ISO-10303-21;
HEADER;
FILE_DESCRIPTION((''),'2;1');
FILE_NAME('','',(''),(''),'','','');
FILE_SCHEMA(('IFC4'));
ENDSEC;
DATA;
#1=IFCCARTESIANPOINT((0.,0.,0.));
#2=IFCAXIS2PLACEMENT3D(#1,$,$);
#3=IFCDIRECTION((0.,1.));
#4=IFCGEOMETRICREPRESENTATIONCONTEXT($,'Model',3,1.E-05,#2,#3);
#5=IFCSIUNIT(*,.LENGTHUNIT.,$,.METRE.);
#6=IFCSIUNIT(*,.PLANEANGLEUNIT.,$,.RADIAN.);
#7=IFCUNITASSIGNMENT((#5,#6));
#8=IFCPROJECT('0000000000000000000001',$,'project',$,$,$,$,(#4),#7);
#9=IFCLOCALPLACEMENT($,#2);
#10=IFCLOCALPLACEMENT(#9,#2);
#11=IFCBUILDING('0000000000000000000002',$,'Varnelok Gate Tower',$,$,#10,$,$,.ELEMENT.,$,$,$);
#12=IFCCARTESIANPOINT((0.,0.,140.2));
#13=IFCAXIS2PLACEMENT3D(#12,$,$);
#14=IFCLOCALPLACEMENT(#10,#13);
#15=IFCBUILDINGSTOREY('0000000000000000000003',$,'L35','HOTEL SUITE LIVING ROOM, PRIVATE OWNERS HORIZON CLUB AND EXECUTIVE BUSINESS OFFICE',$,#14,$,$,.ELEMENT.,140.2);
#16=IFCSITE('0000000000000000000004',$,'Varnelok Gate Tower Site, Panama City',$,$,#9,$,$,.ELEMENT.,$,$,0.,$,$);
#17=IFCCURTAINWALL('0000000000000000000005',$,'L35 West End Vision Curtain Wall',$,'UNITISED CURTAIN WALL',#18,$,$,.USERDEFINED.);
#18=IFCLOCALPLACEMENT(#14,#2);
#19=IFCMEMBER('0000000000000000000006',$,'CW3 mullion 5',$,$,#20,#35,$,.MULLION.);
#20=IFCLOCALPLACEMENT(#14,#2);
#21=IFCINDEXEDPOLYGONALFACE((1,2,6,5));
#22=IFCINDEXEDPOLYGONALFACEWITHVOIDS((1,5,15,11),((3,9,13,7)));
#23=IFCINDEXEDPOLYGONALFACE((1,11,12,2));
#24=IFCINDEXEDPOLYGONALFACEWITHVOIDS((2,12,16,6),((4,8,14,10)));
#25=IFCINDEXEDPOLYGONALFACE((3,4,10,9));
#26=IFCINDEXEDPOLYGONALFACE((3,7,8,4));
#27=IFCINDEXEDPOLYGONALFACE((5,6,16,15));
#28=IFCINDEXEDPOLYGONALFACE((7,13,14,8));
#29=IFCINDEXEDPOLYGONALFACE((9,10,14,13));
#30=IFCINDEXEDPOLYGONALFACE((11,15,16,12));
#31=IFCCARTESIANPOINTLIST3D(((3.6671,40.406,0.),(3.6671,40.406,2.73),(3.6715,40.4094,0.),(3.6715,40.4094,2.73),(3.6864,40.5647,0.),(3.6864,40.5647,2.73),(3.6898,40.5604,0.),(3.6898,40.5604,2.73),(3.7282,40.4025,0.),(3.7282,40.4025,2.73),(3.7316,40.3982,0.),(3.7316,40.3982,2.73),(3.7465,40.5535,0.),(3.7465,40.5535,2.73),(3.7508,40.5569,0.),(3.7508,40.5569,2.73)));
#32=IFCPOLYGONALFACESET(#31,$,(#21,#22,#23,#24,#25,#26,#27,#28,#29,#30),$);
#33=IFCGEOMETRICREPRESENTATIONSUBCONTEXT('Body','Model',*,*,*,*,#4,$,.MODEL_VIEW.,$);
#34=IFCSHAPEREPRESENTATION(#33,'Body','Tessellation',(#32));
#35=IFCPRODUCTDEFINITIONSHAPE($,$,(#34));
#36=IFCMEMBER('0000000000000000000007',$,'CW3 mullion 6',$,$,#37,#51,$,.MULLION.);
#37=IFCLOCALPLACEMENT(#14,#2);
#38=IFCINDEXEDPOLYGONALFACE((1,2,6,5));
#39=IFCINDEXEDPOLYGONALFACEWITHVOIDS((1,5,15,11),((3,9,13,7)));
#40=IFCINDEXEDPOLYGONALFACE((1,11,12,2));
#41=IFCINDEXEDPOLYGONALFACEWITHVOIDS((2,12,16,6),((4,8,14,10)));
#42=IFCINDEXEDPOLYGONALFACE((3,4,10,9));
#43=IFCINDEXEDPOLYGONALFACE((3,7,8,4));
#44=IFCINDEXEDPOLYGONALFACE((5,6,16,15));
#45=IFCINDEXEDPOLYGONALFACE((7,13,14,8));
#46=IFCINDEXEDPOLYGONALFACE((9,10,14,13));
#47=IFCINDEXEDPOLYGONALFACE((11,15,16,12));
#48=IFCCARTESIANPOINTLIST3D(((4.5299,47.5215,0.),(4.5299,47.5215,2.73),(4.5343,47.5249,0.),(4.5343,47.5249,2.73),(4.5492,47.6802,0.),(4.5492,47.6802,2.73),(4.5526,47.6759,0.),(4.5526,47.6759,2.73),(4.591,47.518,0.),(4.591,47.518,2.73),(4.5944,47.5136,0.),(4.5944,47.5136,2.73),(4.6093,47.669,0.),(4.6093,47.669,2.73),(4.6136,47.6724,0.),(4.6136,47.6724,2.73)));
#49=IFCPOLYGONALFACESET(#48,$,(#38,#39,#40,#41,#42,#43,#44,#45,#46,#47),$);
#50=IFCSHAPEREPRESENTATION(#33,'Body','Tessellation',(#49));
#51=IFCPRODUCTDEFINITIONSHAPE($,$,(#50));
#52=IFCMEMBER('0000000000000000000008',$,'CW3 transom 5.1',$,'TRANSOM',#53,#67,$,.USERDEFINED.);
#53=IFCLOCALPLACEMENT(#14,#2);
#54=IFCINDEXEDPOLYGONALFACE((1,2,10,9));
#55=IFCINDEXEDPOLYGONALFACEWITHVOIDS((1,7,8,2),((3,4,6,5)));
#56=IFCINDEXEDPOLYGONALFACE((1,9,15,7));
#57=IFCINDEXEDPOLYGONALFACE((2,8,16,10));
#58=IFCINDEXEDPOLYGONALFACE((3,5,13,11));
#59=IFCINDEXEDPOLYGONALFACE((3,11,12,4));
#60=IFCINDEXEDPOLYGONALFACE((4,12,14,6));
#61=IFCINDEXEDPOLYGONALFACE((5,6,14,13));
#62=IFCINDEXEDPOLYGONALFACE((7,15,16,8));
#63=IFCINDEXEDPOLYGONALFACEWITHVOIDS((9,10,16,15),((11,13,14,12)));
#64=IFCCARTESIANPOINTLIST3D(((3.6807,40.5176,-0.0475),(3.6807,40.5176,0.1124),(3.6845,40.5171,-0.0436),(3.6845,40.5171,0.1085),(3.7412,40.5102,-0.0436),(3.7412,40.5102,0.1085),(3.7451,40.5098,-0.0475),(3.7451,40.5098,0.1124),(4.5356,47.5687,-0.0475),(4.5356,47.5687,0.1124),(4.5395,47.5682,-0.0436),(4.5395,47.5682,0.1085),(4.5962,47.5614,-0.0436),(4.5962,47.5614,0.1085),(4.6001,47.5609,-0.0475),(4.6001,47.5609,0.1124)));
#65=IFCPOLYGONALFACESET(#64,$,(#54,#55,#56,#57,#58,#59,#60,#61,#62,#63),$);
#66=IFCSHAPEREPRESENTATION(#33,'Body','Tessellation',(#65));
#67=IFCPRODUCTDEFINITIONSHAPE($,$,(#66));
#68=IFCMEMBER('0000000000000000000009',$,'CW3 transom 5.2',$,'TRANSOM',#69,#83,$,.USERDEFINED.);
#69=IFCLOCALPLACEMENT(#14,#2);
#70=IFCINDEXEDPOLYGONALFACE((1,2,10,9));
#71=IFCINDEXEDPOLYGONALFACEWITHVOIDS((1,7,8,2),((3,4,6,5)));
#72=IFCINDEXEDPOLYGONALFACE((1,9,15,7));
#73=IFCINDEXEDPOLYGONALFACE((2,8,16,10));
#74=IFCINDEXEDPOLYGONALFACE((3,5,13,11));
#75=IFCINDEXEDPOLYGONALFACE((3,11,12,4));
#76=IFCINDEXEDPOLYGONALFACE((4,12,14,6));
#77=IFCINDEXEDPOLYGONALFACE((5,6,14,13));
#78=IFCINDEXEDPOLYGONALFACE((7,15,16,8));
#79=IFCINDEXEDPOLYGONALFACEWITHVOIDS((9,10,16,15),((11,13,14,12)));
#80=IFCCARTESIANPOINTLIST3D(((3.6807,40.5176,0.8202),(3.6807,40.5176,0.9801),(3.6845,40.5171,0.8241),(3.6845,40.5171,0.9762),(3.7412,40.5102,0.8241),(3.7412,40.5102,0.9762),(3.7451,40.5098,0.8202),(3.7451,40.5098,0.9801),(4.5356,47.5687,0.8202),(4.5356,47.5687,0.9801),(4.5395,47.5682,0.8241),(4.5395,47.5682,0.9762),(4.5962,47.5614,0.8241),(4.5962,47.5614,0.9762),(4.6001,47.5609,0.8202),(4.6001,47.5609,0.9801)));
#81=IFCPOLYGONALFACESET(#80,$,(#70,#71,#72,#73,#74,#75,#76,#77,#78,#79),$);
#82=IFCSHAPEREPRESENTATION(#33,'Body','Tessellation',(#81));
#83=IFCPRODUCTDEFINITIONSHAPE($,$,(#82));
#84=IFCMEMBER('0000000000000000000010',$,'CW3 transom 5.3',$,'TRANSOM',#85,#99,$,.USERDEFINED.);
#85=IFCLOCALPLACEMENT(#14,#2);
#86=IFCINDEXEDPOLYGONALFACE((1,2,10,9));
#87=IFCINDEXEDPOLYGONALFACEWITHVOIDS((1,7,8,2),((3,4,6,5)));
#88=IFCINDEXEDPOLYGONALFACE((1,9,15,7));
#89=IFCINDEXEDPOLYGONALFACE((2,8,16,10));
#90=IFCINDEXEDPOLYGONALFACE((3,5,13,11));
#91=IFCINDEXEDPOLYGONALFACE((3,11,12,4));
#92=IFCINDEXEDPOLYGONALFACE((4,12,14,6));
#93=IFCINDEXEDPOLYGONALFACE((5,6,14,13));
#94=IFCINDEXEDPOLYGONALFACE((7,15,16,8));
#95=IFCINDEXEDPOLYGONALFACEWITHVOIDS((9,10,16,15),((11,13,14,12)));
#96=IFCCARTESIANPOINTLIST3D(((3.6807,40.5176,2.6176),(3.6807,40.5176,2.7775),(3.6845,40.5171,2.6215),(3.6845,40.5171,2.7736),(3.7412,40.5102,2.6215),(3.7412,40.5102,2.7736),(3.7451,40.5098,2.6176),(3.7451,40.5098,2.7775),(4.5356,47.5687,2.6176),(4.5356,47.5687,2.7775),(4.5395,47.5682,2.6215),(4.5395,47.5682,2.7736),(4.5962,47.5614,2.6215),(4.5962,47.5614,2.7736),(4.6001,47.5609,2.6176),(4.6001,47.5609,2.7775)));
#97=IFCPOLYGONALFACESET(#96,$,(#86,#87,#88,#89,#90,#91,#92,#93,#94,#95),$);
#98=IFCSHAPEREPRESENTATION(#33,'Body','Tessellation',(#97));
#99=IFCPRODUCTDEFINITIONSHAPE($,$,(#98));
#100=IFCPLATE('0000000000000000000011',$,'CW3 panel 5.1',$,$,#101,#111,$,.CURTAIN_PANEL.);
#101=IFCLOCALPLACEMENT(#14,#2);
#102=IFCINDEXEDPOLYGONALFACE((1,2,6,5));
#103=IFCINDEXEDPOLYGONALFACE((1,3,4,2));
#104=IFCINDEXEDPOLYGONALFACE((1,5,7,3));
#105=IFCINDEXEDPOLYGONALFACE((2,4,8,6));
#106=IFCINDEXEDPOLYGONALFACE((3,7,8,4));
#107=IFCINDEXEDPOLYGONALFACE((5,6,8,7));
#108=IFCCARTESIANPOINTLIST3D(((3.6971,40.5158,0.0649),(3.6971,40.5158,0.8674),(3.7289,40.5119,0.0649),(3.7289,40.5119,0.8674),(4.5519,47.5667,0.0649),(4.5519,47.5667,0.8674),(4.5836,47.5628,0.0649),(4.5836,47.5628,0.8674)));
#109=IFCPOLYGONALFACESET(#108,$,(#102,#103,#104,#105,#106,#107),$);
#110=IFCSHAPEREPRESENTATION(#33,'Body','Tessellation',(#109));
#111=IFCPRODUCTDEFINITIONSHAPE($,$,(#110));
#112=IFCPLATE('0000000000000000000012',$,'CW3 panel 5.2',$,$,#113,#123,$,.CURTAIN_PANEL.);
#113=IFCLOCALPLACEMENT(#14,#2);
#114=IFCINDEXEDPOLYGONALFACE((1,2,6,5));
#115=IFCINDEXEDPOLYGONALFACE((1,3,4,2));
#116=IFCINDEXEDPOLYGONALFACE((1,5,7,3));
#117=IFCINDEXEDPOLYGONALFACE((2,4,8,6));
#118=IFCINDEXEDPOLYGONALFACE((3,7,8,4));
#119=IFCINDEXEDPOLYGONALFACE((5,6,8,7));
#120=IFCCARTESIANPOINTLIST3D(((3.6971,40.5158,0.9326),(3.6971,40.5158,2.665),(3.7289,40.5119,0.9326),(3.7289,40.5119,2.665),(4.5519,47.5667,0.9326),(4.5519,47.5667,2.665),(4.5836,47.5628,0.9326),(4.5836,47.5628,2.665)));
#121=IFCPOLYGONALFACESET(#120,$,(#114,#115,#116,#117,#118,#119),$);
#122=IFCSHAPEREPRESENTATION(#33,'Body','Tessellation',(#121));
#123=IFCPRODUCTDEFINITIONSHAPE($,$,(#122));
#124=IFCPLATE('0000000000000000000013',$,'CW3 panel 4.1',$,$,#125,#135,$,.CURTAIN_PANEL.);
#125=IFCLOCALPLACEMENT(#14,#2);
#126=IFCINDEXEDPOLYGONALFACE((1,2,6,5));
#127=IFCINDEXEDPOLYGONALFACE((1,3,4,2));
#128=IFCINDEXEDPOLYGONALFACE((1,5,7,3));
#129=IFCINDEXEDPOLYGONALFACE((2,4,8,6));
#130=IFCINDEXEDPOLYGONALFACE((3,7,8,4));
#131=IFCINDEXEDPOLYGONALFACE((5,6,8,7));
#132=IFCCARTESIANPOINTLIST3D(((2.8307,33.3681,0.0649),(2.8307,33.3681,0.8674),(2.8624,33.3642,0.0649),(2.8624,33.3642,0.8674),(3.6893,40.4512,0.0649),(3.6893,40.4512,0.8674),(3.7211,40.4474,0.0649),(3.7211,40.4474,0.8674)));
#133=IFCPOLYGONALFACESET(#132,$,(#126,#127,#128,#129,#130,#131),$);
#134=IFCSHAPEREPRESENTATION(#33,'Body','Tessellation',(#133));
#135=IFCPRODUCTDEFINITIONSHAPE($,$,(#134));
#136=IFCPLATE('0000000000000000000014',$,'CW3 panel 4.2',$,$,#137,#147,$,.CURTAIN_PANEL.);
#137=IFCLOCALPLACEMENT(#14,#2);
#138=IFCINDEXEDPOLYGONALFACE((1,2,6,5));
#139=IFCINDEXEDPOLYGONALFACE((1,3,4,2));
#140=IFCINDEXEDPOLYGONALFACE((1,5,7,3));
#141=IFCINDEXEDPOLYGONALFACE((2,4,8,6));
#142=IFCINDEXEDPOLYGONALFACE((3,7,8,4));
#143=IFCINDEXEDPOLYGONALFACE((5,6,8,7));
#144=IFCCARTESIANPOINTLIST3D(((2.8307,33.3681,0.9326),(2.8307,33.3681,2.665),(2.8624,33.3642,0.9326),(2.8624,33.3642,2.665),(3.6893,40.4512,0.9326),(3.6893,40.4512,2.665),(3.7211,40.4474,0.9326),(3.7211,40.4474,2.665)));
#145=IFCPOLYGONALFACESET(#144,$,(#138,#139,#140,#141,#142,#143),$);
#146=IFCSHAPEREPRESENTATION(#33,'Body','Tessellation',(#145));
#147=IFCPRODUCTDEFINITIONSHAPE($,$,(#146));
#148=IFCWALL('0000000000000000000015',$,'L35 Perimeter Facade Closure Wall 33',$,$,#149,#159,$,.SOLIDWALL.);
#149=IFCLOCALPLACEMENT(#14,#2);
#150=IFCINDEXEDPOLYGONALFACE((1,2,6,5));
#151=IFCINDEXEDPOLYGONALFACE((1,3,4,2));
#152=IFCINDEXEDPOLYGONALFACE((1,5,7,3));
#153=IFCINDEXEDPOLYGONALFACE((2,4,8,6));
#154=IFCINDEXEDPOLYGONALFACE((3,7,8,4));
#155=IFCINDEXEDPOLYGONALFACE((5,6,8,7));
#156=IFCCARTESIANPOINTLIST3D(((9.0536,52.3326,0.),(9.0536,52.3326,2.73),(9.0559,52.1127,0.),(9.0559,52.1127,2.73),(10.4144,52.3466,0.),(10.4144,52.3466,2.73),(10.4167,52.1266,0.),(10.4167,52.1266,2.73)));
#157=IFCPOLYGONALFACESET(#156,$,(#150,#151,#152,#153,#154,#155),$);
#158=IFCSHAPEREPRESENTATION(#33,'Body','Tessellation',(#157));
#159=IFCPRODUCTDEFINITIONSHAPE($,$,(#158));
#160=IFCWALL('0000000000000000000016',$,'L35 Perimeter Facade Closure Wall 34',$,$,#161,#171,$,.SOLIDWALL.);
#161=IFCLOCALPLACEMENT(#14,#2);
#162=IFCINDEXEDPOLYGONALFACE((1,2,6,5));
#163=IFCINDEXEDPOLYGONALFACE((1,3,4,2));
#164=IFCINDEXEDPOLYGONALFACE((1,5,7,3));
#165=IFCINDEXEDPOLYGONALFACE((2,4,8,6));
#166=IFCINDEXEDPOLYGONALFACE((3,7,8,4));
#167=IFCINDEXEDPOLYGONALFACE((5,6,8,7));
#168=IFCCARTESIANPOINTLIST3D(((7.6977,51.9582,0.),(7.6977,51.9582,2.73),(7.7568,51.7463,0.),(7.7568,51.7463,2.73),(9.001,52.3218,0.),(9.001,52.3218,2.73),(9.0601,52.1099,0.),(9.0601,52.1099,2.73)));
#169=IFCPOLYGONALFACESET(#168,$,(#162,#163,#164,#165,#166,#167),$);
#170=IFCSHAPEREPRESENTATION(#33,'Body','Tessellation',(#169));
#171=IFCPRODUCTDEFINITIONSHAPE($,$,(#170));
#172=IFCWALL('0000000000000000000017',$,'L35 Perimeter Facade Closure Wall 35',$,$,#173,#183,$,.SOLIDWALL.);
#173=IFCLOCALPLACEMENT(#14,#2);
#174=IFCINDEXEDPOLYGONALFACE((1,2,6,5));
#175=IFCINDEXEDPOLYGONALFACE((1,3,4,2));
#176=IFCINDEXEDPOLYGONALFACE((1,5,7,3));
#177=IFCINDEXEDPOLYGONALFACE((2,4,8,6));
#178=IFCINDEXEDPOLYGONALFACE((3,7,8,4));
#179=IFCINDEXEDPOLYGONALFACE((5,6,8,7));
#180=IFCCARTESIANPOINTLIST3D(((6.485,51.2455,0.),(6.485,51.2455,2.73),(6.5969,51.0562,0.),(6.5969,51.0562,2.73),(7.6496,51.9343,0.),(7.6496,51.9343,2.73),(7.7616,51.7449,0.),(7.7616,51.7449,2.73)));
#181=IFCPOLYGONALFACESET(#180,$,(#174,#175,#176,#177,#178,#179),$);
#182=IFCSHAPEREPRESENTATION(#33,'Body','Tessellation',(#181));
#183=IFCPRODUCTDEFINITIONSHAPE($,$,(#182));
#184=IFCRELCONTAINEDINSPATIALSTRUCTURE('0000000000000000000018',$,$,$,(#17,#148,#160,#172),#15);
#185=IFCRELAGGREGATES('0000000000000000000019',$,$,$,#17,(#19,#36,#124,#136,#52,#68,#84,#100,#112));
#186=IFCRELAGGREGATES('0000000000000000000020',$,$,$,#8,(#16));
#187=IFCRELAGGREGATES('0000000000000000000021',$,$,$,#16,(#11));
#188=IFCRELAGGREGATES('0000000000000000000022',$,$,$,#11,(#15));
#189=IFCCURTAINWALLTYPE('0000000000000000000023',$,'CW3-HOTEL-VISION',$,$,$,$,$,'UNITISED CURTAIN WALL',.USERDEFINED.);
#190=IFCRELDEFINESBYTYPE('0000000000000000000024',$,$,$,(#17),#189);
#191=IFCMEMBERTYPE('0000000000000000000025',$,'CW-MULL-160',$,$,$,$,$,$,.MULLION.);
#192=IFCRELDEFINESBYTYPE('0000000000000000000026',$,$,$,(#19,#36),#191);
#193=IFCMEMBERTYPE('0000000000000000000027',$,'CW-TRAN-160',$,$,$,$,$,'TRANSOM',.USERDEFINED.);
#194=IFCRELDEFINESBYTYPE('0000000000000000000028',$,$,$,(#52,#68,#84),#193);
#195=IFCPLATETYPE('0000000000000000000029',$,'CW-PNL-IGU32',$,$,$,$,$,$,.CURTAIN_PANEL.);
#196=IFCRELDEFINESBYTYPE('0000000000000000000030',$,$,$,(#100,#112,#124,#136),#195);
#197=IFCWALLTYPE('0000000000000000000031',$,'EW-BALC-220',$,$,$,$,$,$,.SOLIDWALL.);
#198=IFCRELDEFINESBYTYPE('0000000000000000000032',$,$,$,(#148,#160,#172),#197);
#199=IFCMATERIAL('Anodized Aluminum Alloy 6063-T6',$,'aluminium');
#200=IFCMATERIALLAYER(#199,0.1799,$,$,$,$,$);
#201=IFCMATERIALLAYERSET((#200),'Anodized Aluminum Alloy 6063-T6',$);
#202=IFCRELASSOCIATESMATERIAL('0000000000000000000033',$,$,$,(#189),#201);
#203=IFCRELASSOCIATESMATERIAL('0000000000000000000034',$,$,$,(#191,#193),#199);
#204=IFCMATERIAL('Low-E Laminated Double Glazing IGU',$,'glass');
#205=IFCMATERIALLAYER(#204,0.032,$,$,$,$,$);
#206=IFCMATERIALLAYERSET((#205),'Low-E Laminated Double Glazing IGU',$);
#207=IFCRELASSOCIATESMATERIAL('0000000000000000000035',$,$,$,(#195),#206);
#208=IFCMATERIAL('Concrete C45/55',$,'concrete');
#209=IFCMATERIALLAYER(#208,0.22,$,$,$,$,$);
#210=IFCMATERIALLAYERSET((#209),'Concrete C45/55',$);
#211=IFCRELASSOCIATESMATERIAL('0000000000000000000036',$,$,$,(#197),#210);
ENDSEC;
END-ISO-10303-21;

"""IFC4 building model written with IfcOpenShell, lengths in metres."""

from ifc_helpers import new_model, si_unit, direction, frame, frame_2d, origin, origin_2d, place, context, subcontext, project, spatial, rectangle, hollow_rectangle, extrude, source, transform, mapped, material, layer, layer_set, material_profile, profile_set, type_object, element, aggregate, save


model = new_model("IFC4")

# Units and contexts
model_context = context("Model", 3, precision=1e-05, world=origin(), true_north=direction((0.0, 1.0)))
body_context = subcontext(model_context, "Body", "Model", "MODEL_VIEW")
ifc_project = project(units=[si_unit("LENGTHUNIT", "METRE"), si_unit("PLANEANGLEUNIT", "RADIAN")], contexts=[model_context])

# Site, building, storey
site_placement = place(None, origin())
site = spatial("IfcSite", under=ifc_project, at=site_placement, Name="Varnelok Gate Tower Site, Panama City", CompositionType="ELEMENT", RefElevation=0.0)
building_placement = place(site_placement, origin())
building = spatial("IfcBuilding", under=site, at=building_placement, Name="Varnelok Gate Tower", CompositionType="ELEMENT")
storey_placement = place(building_placement, frame((0.0, 0.0, 140.2)))
storey = spatial("IfcBuildingStorey", under=building, at=storey_placement, Name="L35", Description="HOTEL SUITE LIVING ROOM, PRIVATE OWNERS HORIZON CLUB AND EXECUTIVE BUSINESS OFFICE", CompositionType="ELEMENT", Elevation=140.2)

# Curtain wall, members, plates
ifc_material_1 = material(Name="Anodized Aluminum Alloy 6063-T6", Category="aluminium")
ifc_layer_1 = layer(ifc_material_1, 0.1799)
ifc_layer_set_1 = layer_set([ifc_layer_1], Name="Anodized Aluminum Alloy 6063-T6")
curtain_wall_type = type_object("IfcCurtainWallType", Name="CW3-HOTEL-VISION", ElementType="UNITISED CURTAIN WALL", PredefinedType="USERDEFINED", material=ifc_layer_set_1)
curtain_wall_placement = place(storey_placement, origin())
curtain_wall = element("IfcCurtainWall", 1, at=curtain_wall_placement, inside=storey, type_object=curtain_wall_type, Name="L35 West End Vision Curtain Wall", ObjectType="UNITISED CURTAIN WALL", PredefinedType="USERDEFINED")
ifc_material_profile_1 = material_profile(ifc_material_1, hollow_rectangle(XDim=0.0649, YDim=0.1599, WallThickness=0.0039, at=origin_2d()), Name="ALU160X65X4")
ifc_profile_set_1 = profile_set([ifc_material_profile_1], Name="Anodized Aluminum Alloy 6063-T6")
member_type_1 = type_object("IfcMemberType", Name="CW-MULL-160", PredefinedType="MULLION", material=ifc_profile_set_1)
member_1_placement = place(storey_placement, frame((3.709, 40.4814, 0.0), z_axis=(0.0, 0.0, 1.0), x_axis=(-0.992732, 0.120347, 0.0)))
member_1 = element("IfcMember", 2, at=member_1_placement, type_object=member_type_1, Name="CW3 mullion 5", PredefinedType="MULLION", context=body_context, shape_type="SweptSolid", body=[
    extrude(hollow_rectangle(XDim=0.0649, YDim=0.1599, WallThickness=0.0039, at=origin_2d()), origin(), (0.0, 0.0, 1.0), 2.73),
])
member_2_placement = place(storey_placement, frame((4.5718, 47.5969, 0.0), z_axis=(0.0, 0.0, 1.0), x_axis=(-0.992732, 0.120347, 0.0)))
member_2 = element("IfcMember", 3, at=member_2_placement, type_object=member_type_1, Name="CW3 mullion 6", PredefinedType="MULLION", context=body_context, shape_type="SweptSolid", body=[
    extrude(hollow_rectangle(XDim=0.0649, YDim=0.1599, WallThickness=0.0039, at=origin_2d()), origin(), (0.0, 0.0, 1.0), 2.73),
])
ifc_material_profile_2 = material_profile(ifc_material_1, hollow_rectangle(XDim=0.0649, YDim=0.1599, WallThickness=0.0039, at=origin_2d()), Name="ALU160X65X4")
ifc_profile_set_2 = profile_set([ifc_material_profile_2], Name="Anodized Aluminum Alloy 6063-T6")
member_type_2 = type_object("IfcMemberType", Name="CW-TRAN-160", ElementType="TRANSOM", PredefinedType="USERDEFINED", material=ifc_profile_set_2)
member_3_placement = place(storey_placement, frame((3.7129, 40.5137, 0.0325), z_axis=(0.120374, 0.992729, 0.0), x_axis=(-0.992729, 0.120374, 0.0)))
member_3 = element("IfcMember", 4, at=member_3_placement, type_object=member_type_2, Name="CW3 transom 5.1", ObjectType="TRANSOM", PredefinedType="USERDEFINED", context=body_context, shape_type="SweptSolid", body=[
    extrude(hollow_rectangle(XDim=0.0649, YDim=0.1599, WallThickness=0.0039, at=origin_2d()), origin(), (0.0, 0.0, 1.0), 7.1028),
])
member_4_placement = place(storey_placement, frame((3.7129, 40.5137, 0.9001), z_axis=(0.120374, 0.992729, 0.0), x_axis=(-0.992729, 0.120374, 0.0)))
member_4 = element("IfcMember", 5, at=member_4_placement, type_object=member_type_2, Name="CW3 transom 5.2", ObjectType="TRANSOM", PredefinedType="USERDEFINED", context=body_context, shape_type="SweptSolid", body=[
    extrude(hollow_rectangle(XDim=0.0649, YDim=0.1599, WallThickness=0.0039, at=origin_2d()), origin(), (0.0, 0.0, 1.0), 7.1028),
])
member_5_placement = place(storey_placement, frame((3.7129, 40.5137, 2.6975), z_axis=(0.120374, 0.992729, 0.0), x_axis=(-0.992729, 0.120374, 0.0)))
member_5 = element("IfcMember", 6, at=member_5_placement, type_object=member_type_2, Name="CW3 transom 5.3", ObjectType="TRANSOM", PredefinedType="USERDEFINED", context=body_context, shape_type="SweptSolid", body=[
    extrude(hollow_rectangle(XDim=0.0649, YDim=0.1599, WallThickness=0.0039, at=origin_2d()), origin(), (0.0, 0.0, 1.0), 7.1028),
])
ifc_material_2 = material(Name="Low-E Laminated Double Glazing IGU", Category="glass")
ifc_layer_2 = layer(ifc_material_2, 0.032)
ifc_layer_set_2 = layer_set([ifc_layer_2], Name="Low-E Laminated Double Glazing IGU")
plate_type = type_object("IfcPlateType", Name="CW-PNL-IGU32", PredefinedType="CURTAIN_PANEL", material=ifc_layer_set_2)
shared_shape_1 = source(origin(), body_context, "Body", "SweptSolid", [
    extrude(rectangle(XDim=7.1025, YDim=0.032, at=origin_2d()), origin(), (0.0, 0.0, 1.0), 0.8025),
])
plate_1_placement = place(storey_placement, frame((4.1404, 44.0393, 0.0649), z_axis=(0.0, 0.0, 1.0), x_axis=(0.120347, 0.992732, 0.0)))
plate_1 = element("IfcPlate", 7, at=plate_1_placement, type_object=plate_type, Name="CW3 panel 5.1", PredefinedType="CURTAIN_PANEL", context=body_context, shape_type="MappedRepresentation", body=[
    mapped(shared_shape_1, transform((0.0, 0.0, 0.0), scale=1.0)),
])
shared_shape_2 = source(origin(), body_context, "Body", "SweptSolid", [
    extrude(rectangle(XDim=7.1025, YDim=0.032, at=origin_2d()), origin(), (0.0, 0.0, 1.0), 1.7324),
])
plate_2_placement = place(storey_placement, frame((4.1404, 44.0393, 0.9326), z_axis=(0.0, 0.0, 1.0), x_axis=(0.120347, 0.992732, 0.0)))
plate_2 = element("IfcPlate", 8, at=plate_2_placement, type_object=plate_type, Name="CW3 panel 5.2", PredefinedType="CURTAIN_PANEL", context=body_context, shape_type="MappedRepresentation", body=[
    mapped(shared_shape_2, transform((0.0, 0.0, 0.0), scale=1.0)),
])
shared_shape_3 = source(origin(), body_context, "Body", "SweptSolid", [
    extrude(rectangle(XDim=7.135, YDim=0.032, at=origin_2d()), origin(), (0.0, 0.0, 1.0), 0.8025),
])
plate_3_placement = place(storey_placement, frame((3.2759, 36.9077, 0.0649), z_axis=(0.0, 0.0, 1.0), x_axis=(0.120347, 0.992732, 0.0)))
plate_3 = element("IfcPlate", 9, at=plate_3_placement, type_object=plate_type, Name="CW3 panel 4.1", PredefinedType="CURTAIN_PANEL", context=body_context, shape_type="MappedRepresentation", body=[
    mapped(shared_shape_3, transform((0.0, 0.0, 0.0), scale=1.0)),
])
shared_shape_4 = source(origin(), body_context, "Body", "SweptSolid", [
    extrude(rectangle(XDim=7.135, YDim=0.032, at=origin_2d()), origin(), (0.0, 0.0, 1.0), 1.7324),
])
plate_4_placement = place(storey_placement, frame((3.2759, 36.9077, 0.9326), z_axis=(0.0, 0.0, 1.0), x_axis=(0.120347, 0.992732, 0.0)))
plate_4 = element("IfcPlate", 10, at=plate_4_placement, type_object=plate_type, Name="CW3 panel 4.2", PredefinedType="CURTAIN_PANEL", context=body_context, shape_type="MappedRepresentation", body=[
    mapped(shared_shape_4, transform((0.0, 0.0, 0.0), scale=1.0)),
])
aggregate(curtain_wall, [member_1, member_2, plate_3, plate_4, member_3, member_4, member_5, plate_1, plate_2])

# Walls
ifc_material_3 = material(Name="Concrete C45/55", Category="concrete")
ifc_layer_3 = layer(ifc_material_3, 0.22)
ifc_layer_set_3 = layer_set([ifc_layer_3], Name="Concrete C45/55")
wall_type_1 = type_object("IfcWallType", Name="EW-BALC-220", PredefinedType="SOLIDWALL", material=ifc_layer_set_3)
wall_1_placement = place(storey_placement, frame((10.4155, 52.2366, 0.0), z_axis=(0.0, 0.0, 1.0), x_axis=(-0.999948, -0.010226, 0.0)))
element("IfcWall", 11, at=wall_1_placement, inside=storey, type_object=wall_type_1, Name="L35 Perimeter Facade Closure Wall 33", PredefinedType="SOLIDWALL", context=body_context, shape_type="SweptSolid", body=[
    extrude(rectangle(XDim=1.3608, YDim=0.22, at=frame_2d((0.6804, 0.0))), origin(), (0.0, 0.0, 1.0), 2.73),
])
for number, where, z_axis, x_axis, name in (
    (12, (9.0305, 52.2158, 0.0), (0.0, 0.0, 1.0), (-0.963228, -0.268686, 0.0), "L35 Perimeter Facade Closure Wall 34"),
    (13, (7.7056, 51.8396, 0.0), (0.0, 0.0, 1.0), (-0.86074, -0.509045, 0.0), "L35 Perimeter Facade Closure Wall 35"),
):
    element("IfcWall", number, at=place(storey_placement, frame(where, z_axis=z_axis, x_axis=x_axis)), inside=storey, type_object=wall_type_1, Name=name, PredefinedType="SOLIDWALL", context=body_context, shape_type="SweptSolid", body=[
        extrude(rectangle(XDim=1.353, YDim=0.22, at=frame_2d((0.6765, 0.0))), origin(), (0.0, 0.0, 1.0), 2.73),
    ])

save(model, "model.ifc")
